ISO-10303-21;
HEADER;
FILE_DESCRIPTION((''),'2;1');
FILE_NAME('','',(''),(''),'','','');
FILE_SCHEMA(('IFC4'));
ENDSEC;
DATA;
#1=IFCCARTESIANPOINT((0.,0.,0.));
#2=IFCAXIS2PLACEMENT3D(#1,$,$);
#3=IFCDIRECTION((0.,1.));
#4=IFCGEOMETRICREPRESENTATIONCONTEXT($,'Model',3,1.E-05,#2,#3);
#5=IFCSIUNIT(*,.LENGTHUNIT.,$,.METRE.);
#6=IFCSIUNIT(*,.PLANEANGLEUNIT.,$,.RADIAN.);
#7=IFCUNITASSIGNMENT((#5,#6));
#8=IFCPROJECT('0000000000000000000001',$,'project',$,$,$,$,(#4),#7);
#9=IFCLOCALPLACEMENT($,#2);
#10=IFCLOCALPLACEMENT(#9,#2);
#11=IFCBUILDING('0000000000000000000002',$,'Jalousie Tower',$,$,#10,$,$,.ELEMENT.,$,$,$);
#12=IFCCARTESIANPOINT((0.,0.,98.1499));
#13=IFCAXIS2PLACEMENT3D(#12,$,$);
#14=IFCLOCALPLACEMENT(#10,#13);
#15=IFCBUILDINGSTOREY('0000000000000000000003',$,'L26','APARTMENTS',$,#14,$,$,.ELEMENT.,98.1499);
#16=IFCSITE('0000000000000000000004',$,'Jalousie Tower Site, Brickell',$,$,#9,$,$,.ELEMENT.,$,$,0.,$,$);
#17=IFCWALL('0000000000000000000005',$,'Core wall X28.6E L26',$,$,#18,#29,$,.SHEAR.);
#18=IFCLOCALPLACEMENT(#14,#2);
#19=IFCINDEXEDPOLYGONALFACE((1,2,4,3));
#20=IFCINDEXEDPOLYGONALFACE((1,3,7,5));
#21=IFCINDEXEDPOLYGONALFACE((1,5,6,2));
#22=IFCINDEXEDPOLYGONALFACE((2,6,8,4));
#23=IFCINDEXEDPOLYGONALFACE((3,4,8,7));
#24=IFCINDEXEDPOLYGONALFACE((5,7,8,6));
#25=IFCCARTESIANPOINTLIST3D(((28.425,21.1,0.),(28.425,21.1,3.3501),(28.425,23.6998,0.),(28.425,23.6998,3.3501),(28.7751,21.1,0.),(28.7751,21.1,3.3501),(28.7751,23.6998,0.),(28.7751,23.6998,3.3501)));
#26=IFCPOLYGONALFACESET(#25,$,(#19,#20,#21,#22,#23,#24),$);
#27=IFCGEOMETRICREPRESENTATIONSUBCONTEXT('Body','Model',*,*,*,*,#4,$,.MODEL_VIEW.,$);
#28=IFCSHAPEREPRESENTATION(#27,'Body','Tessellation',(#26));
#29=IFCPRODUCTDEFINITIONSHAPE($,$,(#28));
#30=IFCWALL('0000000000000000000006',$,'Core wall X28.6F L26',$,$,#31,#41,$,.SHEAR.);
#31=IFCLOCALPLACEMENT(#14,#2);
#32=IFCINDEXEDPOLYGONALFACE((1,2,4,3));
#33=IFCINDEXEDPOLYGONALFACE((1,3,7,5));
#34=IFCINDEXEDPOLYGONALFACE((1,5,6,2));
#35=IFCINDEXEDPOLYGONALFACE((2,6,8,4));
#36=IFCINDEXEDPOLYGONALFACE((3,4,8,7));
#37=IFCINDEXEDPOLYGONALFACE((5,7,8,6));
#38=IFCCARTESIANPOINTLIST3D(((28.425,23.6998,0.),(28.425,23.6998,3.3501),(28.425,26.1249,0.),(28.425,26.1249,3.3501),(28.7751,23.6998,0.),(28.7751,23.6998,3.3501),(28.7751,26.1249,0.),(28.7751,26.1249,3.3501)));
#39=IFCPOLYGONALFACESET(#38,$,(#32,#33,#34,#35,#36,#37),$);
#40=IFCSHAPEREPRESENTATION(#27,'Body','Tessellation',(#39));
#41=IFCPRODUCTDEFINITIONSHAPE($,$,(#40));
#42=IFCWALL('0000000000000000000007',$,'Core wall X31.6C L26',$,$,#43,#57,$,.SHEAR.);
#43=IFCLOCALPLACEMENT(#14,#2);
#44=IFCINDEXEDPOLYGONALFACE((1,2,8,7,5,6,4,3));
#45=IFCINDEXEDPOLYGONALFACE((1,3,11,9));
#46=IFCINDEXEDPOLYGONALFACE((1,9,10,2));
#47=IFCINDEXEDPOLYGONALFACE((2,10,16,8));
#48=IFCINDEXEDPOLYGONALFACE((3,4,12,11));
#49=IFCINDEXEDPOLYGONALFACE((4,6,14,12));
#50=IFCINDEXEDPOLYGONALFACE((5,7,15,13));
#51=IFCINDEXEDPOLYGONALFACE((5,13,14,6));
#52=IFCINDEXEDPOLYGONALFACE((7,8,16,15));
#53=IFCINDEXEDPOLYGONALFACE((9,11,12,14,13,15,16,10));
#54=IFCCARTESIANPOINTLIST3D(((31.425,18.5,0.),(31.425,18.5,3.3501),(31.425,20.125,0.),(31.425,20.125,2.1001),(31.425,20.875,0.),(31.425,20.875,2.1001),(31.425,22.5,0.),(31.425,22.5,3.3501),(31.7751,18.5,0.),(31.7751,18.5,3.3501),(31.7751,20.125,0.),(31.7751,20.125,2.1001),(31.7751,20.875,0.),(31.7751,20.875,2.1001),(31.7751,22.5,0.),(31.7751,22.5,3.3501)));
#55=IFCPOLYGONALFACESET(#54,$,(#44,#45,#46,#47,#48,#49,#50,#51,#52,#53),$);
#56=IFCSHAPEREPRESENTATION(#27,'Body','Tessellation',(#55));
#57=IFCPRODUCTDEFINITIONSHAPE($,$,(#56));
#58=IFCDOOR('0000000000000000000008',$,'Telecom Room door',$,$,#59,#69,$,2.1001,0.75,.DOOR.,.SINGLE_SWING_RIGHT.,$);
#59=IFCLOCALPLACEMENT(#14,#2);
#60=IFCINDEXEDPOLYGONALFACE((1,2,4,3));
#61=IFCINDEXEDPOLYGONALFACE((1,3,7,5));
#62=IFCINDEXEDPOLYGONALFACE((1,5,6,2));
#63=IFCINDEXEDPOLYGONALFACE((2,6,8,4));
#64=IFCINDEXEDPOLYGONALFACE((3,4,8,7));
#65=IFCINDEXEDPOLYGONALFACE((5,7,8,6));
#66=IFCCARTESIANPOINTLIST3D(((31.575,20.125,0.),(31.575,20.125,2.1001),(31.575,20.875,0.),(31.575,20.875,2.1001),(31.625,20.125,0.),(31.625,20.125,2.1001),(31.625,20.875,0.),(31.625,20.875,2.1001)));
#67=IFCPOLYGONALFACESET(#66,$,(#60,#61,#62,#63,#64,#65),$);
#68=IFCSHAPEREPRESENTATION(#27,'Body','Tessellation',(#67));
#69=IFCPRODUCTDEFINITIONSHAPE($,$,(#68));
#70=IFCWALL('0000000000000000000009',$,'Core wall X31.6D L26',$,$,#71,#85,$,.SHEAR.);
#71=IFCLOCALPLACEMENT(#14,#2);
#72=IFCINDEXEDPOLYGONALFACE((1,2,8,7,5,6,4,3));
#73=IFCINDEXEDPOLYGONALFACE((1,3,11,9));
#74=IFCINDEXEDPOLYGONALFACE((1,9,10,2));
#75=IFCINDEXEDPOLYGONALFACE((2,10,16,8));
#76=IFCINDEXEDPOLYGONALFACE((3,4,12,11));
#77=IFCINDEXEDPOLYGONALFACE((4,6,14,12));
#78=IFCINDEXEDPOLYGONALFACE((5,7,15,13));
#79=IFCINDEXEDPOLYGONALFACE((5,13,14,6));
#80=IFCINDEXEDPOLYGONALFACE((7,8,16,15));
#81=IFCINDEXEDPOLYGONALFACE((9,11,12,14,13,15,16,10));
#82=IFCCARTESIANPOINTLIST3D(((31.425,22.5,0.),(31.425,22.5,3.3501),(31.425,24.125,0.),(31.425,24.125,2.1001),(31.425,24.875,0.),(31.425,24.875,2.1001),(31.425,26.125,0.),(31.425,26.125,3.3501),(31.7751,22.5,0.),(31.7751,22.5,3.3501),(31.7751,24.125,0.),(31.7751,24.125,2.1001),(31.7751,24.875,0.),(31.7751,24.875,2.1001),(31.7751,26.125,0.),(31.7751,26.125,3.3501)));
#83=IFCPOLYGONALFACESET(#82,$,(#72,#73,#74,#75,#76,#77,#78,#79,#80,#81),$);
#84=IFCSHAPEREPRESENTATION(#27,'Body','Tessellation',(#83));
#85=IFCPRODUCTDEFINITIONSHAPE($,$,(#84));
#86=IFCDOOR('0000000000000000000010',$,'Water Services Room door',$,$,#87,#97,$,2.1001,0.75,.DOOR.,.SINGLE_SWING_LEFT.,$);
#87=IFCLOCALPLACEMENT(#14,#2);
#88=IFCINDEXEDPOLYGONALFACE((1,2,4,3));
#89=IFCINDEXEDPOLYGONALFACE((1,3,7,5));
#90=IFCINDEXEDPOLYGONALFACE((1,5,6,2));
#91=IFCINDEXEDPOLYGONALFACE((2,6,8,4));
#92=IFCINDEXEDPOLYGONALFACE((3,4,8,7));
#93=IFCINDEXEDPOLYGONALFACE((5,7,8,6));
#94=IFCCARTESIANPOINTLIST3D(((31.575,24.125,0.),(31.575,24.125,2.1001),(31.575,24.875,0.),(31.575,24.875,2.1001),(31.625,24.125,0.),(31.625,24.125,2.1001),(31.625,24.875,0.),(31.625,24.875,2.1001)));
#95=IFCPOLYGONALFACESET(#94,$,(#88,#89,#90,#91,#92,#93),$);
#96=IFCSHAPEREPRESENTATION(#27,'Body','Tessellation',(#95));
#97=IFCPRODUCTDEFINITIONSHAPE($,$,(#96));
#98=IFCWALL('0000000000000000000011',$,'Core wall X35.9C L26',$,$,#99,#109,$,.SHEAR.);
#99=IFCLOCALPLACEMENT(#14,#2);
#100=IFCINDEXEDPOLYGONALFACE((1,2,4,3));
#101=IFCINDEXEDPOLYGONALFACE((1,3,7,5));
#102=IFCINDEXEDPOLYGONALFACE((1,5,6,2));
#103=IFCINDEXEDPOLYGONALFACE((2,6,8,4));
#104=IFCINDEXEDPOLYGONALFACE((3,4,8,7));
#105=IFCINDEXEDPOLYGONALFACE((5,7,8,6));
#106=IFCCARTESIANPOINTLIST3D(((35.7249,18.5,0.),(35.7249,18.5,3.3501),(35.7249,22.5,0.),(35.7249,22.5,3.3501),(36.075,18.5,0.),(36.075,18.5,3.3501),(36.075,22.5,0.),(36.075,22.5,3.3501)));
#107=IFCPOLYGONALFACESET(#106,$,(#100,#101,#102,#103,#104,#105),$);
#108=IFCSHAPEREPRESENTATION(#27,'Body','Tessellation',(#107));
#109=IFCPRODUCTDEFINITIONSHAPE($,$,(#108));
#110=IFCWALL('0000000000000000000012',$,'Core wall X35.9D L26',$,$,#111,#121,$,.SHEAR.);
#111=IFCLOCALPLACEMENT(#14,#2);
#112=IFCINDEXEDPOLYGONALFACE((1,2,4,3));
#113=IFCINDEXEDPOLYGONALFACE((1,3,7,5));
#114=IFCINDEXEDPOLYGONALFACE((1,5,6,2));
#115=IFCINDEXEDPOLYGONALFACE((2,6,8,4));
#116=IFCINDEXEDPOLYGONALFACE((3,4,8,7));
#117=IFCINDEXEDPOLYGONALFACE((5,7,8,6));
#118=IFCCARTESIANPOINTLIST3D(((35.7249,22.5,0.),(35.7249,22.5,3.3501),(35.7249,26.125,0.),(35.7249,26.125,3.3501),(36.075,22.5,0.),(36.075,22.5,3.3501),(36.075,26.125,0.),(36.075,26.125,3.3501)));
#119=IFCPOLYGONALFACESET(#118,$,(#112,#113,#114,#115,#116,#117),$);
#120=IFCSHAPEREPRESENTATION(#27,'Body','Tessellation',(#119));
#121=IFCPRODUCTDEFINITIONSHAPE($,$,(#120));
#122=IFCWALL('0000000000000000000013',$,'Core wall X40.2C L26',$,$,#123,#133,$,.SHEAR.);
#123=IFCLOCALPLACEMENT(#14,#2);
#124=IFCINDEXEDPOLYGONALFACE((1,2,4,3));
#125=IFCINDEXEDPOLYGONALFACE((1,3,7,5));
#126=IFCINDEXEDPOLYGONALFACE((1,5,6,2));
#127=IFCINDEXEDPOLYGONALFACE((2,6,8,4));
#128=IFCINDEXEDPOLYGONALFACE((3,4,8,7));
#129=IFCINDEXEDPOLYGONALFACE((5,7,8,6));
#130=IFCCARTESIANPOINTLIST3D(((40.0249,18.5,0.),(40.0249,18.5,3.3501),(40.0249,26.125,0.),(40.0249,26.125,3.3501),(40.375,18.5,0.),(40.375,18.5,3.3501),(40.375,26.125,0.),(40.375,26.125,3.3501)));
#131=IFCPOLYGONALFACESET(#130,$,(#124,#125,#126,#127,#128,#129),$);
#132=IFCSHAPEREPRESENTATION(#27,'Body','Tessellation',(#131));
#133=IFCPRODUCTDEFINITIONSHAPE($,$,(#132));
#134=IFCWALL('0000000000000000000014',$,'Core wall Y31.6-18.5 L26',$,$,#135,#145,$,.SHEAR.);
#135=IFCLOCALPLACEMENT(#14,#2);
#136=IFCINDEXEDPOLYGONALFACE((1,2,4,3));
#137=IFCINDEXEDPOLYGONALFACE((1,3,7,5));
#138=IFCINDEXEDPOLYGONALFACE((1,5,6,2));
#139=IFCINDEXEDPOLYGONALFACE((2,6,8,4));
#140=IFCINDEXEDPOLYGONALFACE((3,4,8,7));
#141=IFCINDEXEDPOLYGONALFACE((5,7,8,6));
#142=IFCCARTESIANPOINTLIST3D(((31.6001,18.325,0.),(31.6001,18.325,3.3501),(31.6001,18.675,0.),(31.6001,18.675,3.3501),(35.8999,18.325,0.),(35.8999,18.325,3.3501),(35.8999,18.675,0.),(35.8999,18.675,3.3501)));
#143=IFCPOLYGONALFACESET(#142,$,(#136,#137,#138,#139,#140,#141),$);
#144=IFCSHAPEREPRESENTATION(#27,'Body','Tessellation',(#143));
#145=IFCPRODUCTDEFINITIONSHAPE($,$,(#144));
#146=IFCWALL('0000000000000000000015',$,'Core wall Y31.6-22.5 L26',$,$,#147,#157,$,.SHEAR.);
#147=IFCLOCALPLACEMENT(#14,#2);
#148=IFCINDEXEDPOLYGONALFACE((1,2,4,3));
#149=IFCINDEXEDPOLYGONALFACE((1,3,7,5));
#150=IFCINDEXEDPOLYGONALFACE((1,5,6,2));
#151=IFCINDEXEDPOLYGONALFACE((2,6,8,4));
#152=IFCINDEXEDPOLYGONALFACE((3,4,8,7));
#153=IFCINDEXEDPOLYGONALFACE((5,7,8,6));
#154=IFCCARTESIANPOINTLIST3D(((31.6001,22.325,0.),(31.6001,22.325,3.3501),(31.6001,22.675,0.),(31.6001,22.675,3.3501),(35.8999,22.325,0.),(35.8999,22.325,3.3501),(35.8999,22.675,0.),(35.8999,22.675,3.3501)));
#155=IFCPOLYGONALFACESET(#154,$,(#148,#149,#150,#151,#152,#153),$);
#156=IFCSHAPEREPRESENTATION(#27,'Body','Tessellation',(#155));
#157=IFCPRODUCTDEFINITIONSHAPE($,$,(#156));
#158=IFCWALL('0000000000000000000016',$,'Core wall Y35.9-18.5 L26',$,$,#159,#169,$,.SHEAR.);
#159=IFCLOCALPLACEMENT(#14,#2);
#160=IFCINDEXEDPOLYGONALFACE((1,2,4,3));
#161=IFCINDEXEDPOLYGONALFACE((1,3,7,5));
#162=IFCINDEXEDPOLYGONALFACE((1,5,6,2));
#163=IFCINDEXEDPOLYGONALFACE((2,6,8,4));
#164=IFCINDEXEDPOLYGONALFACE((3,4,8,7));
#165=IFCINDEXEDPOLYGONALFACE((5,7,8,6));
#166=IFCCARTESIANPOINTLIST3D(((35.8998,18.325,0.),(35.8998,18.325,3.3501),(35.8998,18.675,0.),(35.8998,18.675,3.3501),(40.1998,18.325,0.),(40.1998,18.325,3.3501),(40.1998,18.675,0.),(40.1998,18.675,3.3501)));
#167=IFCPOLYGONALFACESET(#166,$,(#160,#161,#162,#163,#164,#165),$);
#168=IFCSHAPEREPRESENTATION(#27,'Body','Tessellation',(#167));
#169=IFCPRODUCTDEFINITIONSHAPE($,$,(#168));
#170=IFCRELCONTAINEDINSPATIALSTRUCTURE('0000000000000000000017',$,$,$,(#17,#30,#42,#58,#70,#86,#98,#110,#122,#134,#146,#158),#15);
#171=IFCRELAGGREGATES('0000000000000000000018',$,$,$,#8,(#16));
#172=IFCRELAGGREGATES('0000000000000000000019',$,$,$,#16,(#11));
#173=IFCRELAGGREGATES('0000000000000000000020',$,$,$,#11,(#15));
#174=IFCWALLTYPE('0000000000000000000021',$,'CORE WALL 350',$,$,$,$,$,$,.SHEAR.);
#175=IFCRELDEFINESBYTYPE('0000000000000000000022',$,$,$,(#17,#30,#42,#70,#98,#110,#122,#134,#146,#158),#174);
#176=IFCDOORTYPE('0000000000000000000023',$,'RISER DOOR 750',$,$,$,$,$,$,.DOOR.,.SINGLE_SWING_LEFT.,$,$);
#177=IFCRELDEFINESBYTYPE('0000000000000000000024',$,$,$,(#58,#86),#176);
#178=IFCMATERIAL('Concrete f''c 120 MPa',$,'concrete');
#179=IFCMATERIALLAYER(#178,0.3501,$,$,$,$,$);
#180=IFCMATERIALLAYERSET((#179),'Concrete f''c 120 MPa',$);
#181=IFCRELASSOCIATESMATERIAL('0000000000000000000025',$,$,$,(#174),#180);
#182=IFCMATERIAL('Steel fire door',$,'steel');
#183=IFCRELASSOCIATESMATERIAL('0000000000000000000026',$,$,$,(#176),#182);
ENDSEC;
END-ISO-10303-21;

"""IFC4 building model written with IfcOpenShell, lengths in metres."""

from ifc_helpers import new_model, si_unit, direction, frame, frame_2d, origin, place, context, subcontext, project, spatial, rectangle, extrude, material, layer, layer_set, type_object, element, fill, save


model = new_model("IFC4")

# Units and contexts
model_context = context("Model", 3, precision=1e-05, world=origin(), true_north=direction((0.0, 1.0)))
body_context = subcontext(model_context, "Body", "Model", "MODEL_VIEW")
ifc_project = project(units=[si_unit("LENGTHUNIT", "METRE"), si_unit("PLANEANGLEUNIT", "RADIAN")], contexts=[model_context])

# Site, building, storey
site_placement = place(None, origin())
site = spatial("IfcSite", under=ifc_project, at=site_placement, Name="Jalousie Tower Site, Brickell", CompositionType="ELEMENT", RefElevation=0.0)
building_placement = place(site_placement, origin())
building = spatial("IfcBuilding", under=site, at=building_placement, Name="Jalousie Tower", CompositionType="ELEMENT")
storey_placement = place(building_placement, frame((0.0, 0.0, 98.1499)))
storey = spatial("IfcBuildingStorey", under=building, at=storey_placement, Name="L26", Description="APARTMENTS", CompositionType="ELEMENT", Elevation=98.1499)

# Walls
ifc_material_1 = material(Name="Concrete f'c 120 MPa", Category="concrete")
ifc_layer = layer(ifc_material_1, 0.3501)
ifc_layer_set = layer_set([ifc_layer], Name="Concrete f'c 120 MPa")
wall_type_1 = type_object("IfcWallType", Name="CORE WALL 350", PredefinedType="SHEAR", material=ifc_layer_set)
wall_1_placement = place(storey_placement, frame((28.6001, 21.1001, 0.0), z_axis=(0.0, 0.0, 1.0), x_axis=(0.0, 1.0, 0.0)))
element("IfcWall", 1, at=wall_1_placement, inside=storey, type_object=wall_type_1, Name="Core wall X28.6E L26", PredefinedType="SHEAR", context=body_context, shape_type="SweptSolid", body=[
    extrude(rectangle(XDim=2.5999, YDim=0.3501, at=frame_2d((1.2998, 0.0))), origin(), (0.0, 0.0, 1.0), 3.3501),
])
wall_2_placement = place(storey_placement, frame((28.6001, 23.7, 0.0), z_axis=(0.0, 0.0, 1.0), x_axis=(0.0, 1.0, 0.0)))
element("IfcWall", 2, at=wall_2_placement, inside=storey, type_object=wall_type_1, Name="Core wall X28.6F L26", PredefinedType="SHEAR", context=body_context, shape_type="SweptSolid", body=[
    extrude(rectangle(XDim=2.425, YDim=0.3501, at=frame_2d((1.2124, 0.0))), origin(), (0.0, 0.0, 1.0), 3.3501),
])

# Walls, openings, doors
wall_3_placement = place(storey_placement, frame((31.6001, 18.5, 0.0), z_axis=(0.0, 0.0, 1.0), x_axis=(0.0, 1.0, 0.0)))
wall_3 = element("IfcWall", 3, at=wall_3_placement, inside=storey, type_object=wall_type_1, Name="Core wall X31.6C L26", PredefinedType="SHEAR", context=body_context, shape_type="SweptSolid", body=[
    extrude(rectangle(XDim=4.0, YDim=0.3501, at=frame_2d((2.0, 0.0))), origin(), (0.0, 0.0, 1.0), 3.3501),
])
opening_1_placement = place(wall_3_placement, frame((1.625, 0.0, 0.0)))
opening_1 = element("IfcOpeningElement", 4, at=opening_1_placement, cuts=wall_3, PredefinedType="OPENING", context=body_context, shape_type="SweptSolid", body=[
    extrude(rectangle(XDim=0.75, YDim=2.1001, at=frame_2d((0.375, 1.05))), frame((0.0, 0.1851, 0.0), z_axis=(0.0, -1.0, 0.0), x_axis=(1.0, 0.0, 0.0)), (0.0, 0.0, 1.0), 0.3701),
])
ifc_material_2 = material(Name="Steel fire door", Category="steel")
door_type_1 = type_object("IfcDoorType", Name="RISER DOOR 750", OperationType="SINGLE_SWING_LEFT", PredefinedType="DOOR", material=ifc_material_2)
door_1_placement = place(opening_1_placement, frame((0.75, 0.0, 0.0), z_axis=(0.0, 0.0, 1.0), x_axis=(-1.0, 0.0, 0.0)))
door_1 = element("IfcDoor", 5, at=door_1_placement, inside=storey, type_object=door_type_1, Name="Telecom Room door", OperationType="SINGLE_SWING_RIGHT", OverallHeight=2.1001, OverallWidth=0.75, PredefinedType="DOOR", context=body_context, shape_type="SweptSolid", body=[
    extrude(rectangle(XDim=0.75, YDim=2.1001, at=frame_2d((0.375, 1.05))), frame((0.0, 0.0249, 0.0), z_axis=(0.0, -1.0, 0.0), x_axis=(1.0, 0.0, 0.0)), (0.0, 0.0, 1.0), 0.05),
])
fill(opening_1, door_1)
wall_4_placement = place(storey_placement, frame((31.6001, 22.5, 0.0), z_axis=(0.0, 0.0, 1.0), x_axis=(0.0, 1.0, 0.0)))
wall_4 = element("IfcWall", 6, at=wall_4_placement, inside=storey, type_object=wall_type_1, Name="Core wall X31.6D L26", PredefinedType="SHEAR", context=body_context, shape_type="SweptSolid", body=[
    extrude(rectangle(XDim=3.625, YDim=0.3501, at=frame_2d((1.8125, 0.0))), origin(), (0.0, 0.0, 1.0), 3.3501),
])
opening_2_placement = place(wall_4_placement, frame((1.625, 0.0, 0.0)))
opening_2 = element("IfcOpeningElement", 7, at=opening_2_placement, cuts=wall_4, PredefinedType="OPENING", context=body_context, shape_type="SweptSolid", body=[
    extrude(rectangle(XDim=0.75, YDim=2.1001, at=frame_2d((0.375, 1.05))), frame((0.0, 0.1851, 0.0), z_axis=(0.0, -1.0, 0.0), x_axis=(1.0, 0.0, 0.0)), (0.0, 0.0, 1.0), 0.3701),
])
door_2_placement = place(opening_2_placement, frame((0.75, 0.0, 0.0), z_axis=(0.0, 0.0, 1.0), x_axis=(-1.0, 0.0, 0.0)))
door_2 = element("IfcDoor", 8, at=door_2_placement, inside=storey, type_object=door_type_1, Name="Water Services Room door", OperationType="SINGLE_SWING_LEFT", OverallHeight=2.1001, OverallWidth=0.75, PredefinedType="DOOR", context=body_context, shape_type="SweptSolid", body=[
    extrude(rectangle(XDim=0.75, YDim=2.1001, at=frame_2d((0.375, 1.05))), frame((0.0, 0.0249, 0.0), z_axis=(0.0, -1.0, 0.0), x_axis=(1.0, 0.0, 0.0)), (0.0, 0.0, 1.0), 0.05),
])
fill(opening_2, door_2)

# Walls
wall_5_placement = place(storey_placement, frame((35.8999, 18.5, 0.0), z_axis=(0.0, 0.0, 1.0), x_axis=(0.0, 1.0, 0.0)))
element("IfcWall", 9, at=wall_5_placement, inside=storey, type_object=wall_type_1, Name="Core wall X35.9C L26", PredefinedType="SHEAR", context=body_context, shape_type="SweptSolid", body=[
    extrude(rectangle(XDim=4.0, YDim=0.3501, at=frame_2d((2.0, 0.0))), origin(), (0.0, 0.0, 1.0), 3.3501),
])
wall_6_placement = place(storey_placement, frame((35.8999, 22.5, 0.0), z_axis=(0.0, 0.0, 1.0), x_axis=(0.0, 1.0, 0.0)))
element("IfcWall", 10, at=wall_6_placement, inside=storey, type_object=wall_type_1, Name="Core wall X35.9D L26", PredefinedType="SHEAR", context=body_context, shape_type="SweptSolid", body=[
    extrude(rectangle(XDim=3.625, YDim=0.3501, at=frame_2d((1.8125, 0.0))), origin(), (0.0, 0.0, 1.0), 3.3501),
])
wall_7_placement = place(storey_placement, frame((40.2, 18.5, 0.0), z_axis=(0.0, 0.0, 1.0), x_axis=(0.0, 1.0, 0.0)))
element("IfcWall", 11, at=wall_7_placement, inside=storey, type_object=wall_type_1, Name="Core wall X40.2C L26", PredefinedType="SHEAR", context=body_context, shape_type="SweptSolid", body=[
    extrude(rectangle(XDim=7.625, YDim=0.3501, at=frame_2d((3.8125, 0.0))), origin(), (0.0, 0.0, 1.0), 3.3501),
])
for number, where, z_axis, x_axis, name in (
    (12, (31.6001, 18.5, 0.0), (0.0, 0.0, 1.0), (1.0, 0.0, 0.0), "Core wall Y31.6-18.5 L26"),
    (13, (31.6001, 22.5, 0.0), (0.0, 0.0, 1.0), (1.0, 0.0, 0.0), "Core wall Y31.6-22.5 L26"),
):
    element("IfcWall", number, at=place(storey_placement, frame(where, z_axis=z_axis, x_axis=x_axis)), inside=storey, type_object=wall_type_1, Name=name, PredefinedType="SHEAR", context=body_context, shape_type="SweptSolid", body=[
        extrude(rectangle(XDim=4.2998, YDim=0.3501, at=frame_2d((2.1499, 0.0))), origin(), (0.0, 0.0, 1.0), 3.3501),
    ])
wall_8_placement = place(storey_placement, frame((35.8999, 18.5, 0.0), z_axis=(0.0, 0.0, 1.0), x_axis=(1.0, 0.0, 0.0)))
element("IfcWall", 14, at=wall_8_placement, inside=storey, type_object=wall_type_1, Name="Core wall Y35.9-18.5 L26", PredefinedType="SHEAR", context=body_context, shape_type="SweptSolid", body=[
    extrude(rectangle(XDim=4.3, YDim=0.3501, at=frame_2d((2.1499, 0.0))), origin(), (0.0, 0.0, 1.0), 3.3501),
])

save(model, "model.ifc")
